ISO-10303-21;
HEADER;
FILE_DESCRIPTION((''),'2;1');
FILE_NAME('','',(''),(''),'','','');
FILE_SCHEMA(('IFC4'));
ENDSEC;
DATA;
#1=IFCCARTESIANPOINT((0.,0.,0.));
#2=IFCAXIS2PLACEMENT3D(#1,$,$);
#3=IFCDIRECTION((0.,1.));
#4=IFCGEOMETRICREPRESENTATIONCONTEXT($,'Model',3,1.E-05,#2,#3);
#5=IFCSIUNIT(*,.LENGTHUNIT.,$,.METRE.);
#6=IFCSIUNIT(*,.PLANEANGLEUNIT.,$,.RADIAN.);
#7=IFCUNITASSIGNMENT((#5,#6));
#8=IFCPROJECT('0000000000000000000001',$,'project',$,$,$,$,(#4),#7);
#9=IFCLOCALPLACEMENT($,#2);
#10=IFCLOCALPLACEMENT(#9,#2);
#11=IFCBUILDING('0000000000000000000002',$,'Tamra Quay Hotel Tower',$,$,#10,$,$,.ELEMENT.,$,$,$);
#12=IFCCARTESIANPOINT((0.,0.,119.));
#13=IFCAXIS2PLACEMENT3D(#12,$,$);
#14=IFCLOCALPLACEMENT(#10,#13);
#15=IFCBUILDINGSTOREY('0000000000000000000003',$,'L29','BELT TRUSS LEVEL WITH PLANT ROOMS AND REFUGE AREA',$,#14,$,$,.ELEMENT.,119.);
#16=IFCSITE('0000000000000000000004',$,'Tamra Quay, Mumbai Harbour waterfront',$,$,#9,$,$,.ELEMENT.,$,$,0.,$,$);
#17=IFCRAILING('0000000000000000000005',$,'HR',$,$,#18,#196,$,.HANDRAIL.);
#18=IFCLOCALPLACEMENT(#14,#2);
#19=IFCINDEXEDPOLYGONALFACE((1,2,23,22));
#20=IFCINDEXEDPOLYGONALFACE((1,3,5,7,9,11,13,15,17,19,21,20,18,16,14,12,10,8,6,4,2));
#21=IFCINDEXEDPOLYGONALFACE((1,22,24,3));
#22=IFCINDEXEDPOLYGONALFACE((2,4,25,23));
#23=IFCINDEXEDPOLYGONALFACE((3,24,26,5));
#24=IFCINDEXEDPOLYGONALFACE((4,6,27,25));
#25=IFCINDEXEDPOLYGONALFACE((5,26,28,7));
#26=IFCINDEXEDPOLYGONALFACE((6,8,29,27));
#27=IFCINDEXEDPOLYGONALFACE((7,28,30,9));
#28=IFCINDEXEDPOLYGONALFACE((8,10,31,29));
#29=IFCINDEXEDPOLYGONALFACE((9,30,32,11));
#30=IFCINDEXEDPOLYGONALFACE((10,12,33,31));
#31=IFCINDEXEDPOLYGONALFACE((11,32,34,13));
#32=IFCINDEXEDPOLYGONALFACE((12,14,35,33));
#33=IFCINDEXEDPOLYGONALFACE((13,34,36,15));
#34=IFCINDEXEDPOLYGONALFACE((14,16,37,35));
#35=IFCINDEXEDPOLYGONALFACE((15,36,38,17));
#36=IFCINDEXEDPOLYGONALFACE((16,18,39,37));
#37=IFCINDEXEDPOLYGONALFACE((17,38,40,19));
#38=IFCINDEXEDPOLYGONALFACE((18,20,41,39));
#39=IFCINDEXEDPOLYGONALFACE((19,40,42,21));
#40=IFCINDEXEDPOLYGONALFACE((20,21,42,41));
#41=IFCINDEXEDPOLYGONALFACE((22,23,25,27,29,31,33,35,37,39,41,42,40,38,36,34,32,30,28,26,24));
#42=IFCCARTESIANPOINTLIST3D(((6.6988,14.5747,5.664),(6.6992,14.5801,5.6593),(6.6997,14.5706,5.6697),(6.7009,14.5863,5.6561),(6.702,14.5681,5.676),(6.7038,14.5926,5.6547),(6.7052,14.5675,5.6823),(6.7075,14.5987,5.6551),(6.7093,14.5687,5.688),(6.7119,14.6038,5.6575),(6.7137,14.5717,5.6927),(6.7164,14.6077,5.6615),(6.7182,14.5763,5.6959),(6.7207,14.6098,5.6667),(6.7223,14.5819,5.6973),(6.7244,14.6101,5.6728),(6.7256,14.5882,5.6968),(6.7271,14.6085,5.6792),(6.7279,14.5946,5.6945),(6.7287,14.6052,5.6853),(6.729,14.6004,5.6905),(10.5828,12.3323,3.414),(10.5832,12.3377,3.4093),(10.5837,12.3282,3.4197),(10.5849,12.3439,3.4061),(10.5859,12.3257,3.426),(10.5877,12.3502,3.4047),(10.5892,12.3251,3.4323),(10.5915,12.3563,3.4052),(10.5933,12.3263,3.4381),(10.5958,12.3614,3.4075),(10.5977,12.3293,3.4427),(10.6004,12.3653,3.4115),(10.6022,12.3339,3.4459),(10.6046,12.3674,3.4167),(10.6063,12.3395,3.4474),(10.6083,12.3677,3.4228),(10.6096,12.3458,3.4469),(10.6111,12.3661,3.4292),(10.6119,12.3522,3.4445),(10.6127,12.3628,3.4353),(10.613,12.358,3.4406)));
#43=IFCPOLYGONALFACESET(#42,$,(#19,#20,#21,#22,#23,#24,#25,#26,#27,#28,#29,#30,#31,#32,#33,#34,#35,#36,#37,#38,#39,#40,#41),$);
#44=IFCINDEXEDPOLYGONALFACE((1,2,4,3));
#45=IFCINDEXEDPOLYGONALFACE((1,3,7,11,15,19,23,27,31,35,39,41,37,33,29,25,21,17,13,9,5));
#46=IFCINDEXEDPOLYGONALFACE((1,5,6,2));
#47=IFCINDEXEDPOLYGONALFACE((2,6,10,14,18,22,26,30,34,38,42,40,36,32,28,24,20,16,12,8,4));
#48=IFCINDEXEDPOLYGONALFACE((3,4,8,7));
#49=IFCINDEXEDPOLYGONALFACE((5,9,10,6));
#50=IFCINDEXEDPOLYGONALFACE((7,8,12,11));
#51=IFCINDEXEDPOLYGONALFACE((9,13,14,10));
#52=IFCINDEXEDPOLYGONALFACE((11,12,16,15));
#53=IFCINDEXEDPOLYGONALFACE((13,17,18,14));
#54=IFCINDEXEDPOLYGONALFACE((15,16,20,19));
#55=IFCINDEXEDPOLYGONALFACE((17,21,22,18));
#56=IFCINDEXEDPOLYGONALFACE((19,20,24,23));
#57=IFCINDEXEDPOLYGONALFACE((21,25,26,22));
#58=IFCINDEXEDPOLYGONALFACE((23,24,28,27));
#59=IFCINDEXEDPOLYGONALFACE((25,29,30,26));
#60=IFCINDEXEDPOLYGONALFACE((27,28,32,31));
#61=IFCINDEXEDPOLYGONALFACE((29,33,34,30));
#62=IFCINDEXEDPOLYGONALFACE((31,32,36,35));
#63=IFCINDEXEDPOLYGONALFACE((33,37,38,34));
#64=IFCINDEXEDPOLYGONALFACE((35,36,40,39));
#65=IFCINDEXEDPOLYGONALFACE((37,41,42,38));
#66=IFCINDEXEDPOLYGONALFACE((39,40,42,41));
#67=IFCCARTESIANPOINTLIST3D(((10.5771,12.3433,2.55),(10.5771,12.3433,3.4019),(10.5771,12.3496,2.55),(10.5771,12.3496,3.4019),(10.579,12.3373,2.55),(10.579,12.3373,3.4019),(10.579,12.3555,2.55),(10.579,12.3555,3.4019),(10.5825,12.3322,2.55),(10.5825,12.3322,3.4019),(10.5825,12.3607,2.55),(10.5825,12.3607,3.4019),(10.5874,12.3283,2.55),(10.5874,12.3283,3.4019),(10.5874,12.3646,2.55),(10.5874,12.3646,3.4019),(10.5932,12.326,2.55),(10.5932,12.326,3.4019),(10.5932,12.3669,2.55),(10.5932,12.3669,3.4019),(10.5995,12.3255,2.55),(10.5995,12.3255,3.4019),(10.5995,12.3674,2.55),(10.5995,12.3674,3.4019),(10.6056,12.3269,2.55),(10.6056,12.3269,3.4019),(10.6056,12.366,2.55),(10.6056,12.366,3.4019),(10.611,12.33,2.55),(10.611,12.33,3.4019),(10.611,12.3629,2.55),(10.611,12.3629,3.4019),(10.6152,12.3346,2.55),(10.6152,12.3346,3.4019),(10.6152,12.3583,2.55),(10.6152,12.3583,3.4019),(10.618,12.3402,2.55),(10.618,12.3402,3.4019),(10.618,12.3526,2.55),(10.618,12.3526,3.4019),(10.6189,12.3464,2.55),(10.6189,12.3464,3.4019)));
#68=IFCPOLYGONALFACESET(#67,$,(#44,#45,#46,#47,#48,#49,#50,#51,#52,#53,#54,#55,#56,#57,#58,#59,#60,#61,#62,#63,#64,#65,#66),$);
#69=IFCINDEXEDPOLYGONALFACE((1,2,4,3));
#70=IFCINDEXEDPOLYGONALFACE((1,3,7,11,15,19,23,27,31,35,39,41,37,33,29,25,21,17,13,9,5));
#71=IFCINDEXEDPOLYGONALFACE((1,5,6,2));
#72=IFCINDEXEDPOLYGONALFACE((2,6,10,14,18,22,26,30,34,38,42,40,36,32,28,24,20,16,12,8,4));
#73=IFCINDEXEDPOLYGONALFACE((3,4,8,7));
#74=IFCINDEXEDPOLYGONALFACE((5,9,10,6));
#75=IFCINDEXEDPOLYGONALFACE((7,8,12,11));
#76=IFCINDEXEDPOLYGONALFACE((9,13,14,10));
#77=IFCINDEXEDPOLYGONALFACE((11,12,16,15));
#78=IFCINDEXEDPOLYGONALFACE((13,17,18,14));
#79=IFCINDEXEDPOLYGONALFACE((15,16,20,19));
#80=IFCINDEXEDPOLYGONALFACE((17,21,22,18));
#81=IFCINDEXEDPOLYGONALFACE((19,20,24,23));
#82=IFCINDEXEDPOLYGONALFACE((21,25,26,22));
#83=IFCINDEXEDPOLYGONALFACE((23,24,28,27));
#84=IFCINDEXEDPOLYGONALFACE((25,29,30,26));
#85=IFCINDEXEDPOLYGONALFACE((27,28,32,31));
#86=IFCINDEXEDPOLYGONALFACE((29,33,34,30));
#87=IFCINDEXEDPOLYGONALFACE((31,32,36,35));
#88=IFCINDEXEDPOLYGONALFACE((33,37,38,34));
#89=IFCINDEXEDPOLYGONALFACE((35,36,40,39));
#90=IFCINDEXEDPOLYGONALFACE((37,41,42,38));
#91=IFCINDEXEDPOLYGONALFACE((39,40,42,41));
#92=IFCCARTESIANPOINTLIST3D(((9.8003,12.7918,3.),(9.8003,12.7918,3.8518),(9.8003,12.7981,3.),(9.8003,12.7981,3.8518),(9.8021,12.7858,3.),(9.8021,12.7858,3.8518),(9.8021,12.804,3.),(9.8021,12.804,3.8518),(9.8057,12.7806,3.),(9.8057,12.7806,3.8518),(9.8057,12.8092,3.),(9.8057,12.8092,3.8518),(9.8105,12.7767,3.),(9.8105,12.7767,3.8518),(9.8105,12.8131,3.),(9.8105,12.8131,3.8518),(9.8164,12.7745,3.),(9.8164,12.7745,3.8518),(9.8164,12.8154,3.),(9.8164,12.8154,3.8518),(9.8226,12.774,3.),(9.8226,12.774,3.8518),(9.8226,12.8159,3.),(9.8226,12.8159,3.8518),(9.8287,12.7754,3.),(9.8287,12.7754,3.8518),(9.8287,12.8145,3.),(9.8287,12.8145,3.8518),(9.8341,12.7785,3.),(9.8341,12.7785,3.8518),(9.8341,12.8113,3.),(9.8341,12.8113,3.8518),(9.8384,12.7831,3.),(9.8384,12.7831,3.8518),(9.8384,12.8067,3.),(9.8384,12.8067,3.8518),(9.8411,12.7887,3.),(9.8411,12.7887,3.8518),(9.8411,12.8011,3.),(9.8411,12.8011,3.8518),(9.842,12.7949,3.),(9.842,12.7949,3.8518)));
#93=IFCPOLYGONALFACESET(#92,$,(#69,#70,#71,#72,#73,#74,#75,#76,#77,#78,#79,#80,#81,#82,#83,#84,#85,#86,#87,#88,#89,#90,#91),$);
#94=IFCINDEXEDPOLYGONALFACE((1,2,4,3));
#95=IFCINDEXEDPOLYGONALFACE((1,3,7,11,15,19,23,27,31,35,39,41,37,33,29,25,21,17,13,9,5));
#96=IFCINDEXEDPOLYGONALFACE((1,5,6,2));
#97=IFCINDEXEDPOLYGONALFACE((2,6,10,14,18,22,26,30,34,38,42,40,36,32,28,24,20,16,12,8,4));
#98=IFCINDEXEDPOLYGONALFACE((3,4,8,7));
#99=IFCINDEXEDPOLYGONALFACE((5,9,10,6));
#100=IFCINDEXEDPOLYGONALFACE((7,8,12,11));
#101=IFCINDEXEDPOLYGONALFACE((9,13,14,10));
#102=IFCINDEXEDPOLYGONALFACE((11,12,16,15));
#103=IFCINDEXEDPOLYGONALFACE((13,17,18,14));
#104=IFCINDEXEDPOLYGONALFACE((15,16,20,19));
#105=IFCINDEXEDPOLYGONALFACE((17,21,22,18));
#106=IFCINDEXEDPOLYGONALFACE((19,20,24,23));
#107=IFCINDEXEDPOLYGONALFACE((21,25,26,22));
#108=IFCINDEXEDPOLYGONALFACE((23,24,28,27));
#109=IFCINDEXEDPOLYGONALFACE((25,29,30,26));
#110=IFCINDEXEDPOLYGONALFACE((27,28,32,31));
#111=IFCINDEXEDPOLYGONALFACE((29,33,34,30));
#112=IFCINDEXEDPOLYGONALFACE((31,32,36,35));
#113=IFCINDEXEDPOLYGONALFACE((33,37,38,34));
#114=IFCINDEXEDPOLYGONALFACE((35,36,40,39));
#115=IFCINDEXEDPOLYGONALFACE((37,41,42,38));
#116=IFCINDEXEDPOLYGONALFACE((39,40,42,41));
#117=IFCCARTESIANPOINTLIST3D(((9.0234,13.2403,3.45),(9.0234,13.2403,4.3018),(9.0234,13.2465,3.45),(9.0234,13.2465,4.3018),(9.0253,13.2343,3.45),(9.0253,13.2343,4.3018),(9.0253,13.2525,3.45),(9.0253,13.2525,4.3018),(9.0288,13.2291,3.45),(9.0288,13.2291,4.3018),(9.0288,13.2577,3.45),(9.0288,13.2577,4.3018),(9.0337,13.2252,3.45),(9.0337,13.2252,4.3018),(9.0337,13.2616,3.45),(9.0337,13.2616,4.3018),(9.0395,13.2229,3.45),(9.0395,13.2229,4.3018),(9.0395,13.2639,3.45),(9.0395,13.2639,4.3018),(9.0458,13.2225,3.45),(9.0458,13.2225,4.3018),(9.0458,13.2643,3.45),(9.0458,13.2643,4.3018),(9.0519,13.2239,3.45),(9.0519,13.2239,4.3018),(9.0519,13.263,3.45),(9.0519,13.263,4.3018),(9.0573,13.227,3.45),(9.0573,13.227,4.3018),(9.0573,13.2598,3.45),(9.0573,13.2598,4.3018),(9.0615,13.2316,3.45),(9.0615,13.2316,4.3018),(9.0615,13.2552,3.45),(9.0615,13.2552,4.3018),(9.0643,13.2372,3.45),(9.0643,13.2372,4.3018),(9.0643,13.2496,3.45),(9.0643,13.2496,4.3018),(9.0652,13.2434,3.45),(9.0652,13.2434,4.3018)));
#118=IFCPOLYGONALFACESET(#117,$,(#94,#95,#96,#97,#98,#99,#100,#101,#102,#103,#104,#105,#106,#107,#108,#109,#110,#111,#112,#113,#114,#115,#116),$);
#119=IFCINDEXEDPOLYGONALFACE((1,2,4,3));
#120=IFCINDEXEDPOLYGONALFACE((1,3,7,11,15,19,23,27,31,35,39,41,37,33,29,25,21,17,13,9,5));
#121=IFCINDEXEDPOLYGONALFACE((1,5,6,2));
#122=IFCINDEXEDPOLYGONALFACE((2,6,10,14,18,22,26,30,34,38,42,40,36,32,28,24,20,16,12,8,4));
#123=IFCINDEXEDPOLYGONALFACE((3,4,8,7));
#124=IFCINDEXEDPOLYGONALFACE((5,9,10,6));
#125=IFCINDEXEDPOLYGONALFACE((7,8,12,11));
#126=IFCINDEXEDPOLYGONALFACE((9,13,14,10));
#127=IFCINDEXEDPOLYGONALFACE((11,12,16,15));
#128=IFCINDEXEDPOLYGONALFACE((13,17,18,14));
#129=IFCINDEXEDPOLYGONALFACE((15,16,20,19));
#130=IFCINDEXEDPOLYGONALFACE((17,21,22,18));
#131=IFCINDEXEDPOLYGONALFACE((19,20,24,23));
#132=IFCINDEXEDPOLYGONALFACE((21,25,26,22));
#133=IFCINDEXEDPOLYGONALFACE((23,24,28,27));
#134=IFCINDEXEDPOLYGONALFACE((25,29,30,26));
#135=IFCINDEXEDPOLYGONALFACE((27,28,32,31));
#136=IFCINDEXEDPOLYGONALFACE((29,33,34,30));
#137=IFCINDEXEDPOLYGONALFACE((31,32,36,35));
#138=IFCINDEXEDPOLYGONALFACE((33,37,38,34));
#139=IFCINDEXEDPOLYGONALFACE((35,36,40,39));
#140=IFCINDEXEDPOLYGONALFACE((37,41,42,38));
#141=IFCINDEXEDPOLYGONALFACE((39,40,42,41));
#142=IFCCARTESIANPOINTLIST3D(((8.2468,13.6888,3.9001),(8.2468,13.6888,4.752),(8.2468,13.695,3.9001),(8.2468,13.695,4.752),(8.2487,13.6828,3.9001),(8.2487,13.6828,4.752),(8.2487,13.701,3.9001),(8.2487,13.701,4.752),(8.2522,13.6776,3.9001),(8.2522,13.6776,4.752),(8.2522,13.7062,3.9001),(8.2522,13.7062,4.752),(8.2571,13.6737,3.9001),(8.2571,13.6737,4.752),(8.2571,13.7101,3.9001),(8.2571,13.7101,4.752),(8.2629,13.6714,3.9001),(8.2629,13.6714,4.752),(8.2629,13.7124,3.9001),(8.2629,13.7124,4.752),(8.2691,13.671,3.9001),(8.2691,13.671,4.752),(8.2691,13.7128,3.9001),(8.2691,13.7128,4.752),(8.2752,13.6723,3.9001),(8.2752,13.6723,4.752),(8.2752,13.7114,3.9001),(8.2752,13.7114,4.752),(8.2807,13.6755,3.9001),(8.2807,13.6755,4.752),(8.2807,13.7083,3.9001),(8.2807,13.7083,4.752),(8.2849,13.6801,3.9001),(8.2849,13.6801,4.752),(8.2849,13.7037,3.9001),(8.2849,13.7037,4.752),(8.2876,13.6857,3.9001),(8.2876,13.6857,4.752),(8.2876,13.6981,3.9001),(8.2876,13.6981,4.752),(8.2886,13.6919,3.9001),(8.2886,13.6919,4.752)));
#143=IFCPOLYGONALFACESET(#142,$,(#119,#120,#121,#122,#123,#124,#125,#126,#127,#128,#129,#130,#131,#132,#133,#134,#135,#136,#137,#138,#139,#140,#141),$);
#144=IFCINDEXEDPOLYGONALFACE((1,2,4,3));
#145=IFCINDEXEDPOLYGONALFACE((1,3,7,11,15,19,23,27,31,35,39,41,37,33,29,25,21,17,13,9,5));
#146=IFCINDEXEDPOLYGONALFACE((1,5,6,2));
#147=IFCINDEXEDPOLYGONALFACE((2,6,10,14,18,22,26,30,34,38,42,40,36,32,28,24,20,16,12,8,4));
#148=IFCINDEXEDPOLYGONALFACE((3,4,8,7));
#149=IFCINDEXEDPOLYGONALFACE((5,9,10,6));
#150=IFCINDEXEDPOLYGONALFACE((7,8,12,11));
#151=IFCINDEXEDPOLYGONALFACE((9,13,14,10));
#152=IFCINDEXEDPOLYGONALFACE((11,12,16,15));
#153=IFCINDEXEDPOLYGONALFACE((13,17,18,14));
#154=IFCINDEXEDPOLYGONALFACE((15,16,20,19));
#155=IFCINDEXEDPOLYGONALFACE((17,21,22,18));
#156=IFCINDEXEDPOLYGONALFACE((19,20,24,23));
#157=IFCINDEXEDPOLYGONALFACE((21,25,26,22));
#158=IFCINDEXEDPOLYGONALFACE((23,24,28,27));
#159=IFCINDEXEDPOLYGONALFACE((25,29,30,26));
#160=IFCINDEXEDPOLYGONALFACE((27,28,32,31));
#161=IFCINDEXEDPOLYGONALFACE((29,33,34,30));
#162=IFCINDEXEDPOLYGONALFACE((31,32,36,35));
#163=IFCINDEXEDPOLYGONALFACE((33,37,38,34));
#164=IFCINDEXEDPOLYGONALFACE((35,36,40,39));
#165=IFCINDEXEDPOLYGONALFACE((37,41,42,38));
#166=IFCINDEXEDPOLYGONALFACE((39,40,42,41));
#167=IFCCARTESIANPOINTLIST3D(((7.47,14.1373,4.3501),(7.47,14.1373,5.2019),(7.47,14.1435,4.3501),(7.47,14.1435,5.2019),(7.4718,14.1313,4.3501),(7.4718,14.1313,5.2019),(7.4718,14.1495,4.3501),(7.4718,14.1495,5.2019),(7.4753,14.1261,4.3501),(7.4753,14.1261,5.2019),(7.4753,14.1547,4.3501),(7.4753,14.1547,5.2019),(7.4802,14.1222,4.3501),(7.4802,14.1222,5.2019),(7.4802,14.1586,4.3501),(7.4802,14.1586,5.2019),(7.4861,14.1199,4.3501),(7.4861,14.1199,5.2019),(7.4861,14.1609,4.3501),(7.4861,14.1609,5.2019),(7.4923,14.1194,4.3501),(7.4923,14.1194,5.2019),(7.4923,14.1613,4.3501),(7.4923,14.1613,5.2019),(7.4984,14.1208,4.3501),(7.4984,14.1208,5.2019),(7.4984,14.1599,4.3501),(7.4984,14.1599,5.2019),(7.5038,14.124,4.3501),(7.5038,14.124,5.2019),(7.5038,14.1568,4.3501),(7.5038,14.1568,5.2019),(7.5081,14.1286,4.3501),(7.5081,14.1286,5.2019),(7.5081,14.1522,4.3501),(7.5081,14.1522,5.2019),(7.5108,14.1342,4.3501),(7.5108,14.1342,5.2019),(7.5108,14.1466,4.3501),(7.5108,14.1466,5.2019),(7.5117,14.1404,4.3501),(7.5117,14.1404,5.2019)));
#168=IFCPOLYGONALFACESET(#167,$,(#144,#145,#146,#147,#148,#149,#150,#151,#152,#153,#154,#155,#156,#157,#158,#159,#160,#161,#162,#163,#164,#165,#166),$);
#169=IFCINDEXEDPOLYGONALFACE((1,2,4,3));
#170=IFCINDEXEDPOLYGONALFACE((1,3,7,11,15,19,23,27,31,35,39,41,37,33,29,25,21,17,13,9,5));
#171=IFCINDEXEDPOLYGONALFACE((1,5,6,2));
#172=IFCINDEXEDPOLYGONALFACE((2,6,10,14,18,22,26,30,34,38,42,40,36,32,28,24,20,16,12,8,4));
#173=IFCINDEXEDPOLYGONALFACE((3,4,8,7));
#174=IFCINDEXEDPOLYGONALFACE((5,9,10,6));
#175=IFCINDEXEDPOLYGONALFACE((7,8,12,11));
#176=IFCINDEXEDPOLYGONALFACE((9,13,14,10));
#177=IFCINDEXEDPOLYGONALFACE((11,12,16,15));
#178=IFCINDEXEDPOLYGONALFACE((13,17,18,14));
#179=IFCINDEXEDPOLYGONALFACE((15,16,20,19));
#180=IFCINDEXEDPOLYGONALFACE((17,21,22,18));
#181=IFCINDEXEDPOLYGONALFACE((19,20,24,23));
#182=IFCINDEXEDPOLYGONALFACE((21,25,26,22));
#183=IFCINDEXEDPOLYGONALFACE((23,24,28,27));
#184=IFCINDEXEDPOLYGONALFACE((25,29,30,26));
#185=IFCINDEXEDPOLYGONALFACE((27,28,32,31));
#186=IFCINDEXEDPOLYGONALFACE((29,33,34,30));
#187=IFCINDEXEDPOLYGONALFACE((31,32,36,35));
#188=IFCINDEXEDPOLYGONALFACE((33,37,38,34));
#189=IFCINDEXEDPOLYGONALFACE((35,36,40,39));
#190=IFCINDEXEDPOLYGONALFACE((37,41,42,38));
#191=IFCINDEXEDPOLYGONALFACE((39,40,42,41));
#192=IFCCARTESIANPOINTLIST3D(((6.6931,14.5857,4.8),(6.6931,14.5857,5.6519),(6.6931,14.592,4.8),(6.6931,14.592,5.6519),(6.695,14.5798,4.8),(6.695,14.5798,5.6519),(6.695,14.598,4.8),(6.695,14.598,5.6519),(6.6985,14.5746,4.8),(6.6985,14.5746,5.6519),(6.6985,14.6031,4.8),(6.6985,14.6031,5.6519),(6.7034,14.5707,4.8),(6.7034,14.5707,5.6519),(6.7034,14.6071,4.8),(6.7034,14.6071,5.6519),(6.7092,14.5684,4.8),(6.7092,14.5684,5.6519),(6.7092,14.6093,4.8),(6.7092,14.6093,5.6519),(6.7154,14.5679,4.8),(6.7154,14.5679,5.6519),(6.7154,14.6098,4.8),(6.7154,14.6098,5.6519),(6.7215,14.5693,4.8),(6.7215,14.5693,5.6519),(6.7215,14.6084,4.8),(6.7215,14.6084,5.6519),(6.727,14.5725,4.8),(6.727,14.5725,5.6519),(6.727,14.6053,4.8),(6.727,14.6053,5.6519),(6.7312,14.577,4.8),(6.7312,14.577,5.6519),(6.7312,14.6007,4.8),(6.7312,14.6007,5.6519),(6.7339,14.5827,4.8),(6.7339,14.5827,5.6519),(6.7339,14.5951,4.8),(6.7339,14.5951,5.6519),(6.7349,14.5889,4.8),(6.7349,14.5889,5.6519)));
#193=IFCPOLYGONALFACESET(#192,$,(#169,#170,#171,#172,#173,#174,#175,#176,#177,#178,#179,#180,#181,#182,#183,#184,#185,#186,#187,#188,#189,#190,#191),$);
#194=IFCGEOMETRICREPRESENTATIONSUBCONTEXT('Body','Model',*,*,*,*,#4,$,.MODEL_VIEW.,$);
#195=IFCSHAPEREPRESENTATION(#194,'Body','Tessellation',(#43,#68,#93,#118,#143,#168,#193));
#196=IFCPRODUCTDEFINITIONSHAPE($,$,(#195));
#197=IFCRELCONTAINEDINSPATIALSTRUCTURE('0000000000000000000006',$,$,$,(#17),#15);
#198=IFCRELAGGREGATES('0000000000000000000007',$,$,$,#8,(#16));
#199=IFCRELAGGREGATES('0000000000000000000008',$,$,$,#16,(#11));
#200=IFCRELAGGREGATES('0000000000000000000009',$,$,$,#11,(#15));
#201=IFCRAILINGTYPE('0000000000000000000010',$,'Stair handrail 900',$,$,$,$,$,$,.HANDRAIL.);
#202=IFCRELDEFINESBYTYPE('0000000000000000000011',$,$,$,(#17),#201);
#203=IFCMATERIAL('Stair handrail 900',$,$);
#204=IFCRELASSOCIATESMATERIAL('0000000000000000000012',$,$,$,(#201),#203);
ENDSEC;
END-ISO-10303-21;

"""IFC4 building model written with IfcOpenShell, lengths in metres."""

from ifc_helpers import new_model, si_unit, direction, frame, origin, origin_2d, place, context, subcontext, project, spatial, circle, extrude, material, type_object, element, save


model = new_model("IFC4")

# Units and contexts
model_context = context("Model", 3, precision=1e-05, world=origin(), true_north=direction((0.0, 1.0)))
body_context = subcontext(model_context, "Body", "Model", "MODEL_VIEW")
ifc_project = project(units=[si_unit("LENGTHUNIT", "METRE"), si_unit("PLANEANGLEUNIT", "RADIAN")], contexts=[model_context])

# Site, building, storey
site_placement = place(None, origin())
site = spatial("IfcSite", under=ifc_project, at=site_placement, Name="Tamra Quay, Mumbai Harbour waterfront", CompositionType="ELEMENT", RefElevation=0.0)
building_placement = place(site_placement, origin())
building = spatial("IfcBuilding", under=site, at=building_placement, Name="Tamra Quay Hotel Tower", CompositionType="ELEMENT")
storey_placement = place(building_placement, frame((0.0, 0.0, 119.0)))
storey = spatial("IfcBuildingStorey", under=building, at=storey_placement, Name="L29", Description="BELT TRUSS LEVEL WITH PLANT ROOMS AND REFUGE AREA", CompositionType="ELEMENT", Elevation=119.0)

# Railing
ifc_material_1 = material(Name="Stair handrail 900")
railing_type_1 = type_object("IfcRailingType", Name="Stair handrail 900", PredefinedType="HANDRAIL", material=ifc_material_1)
railing_1_placement = place(storey_placement, frame((10.5979, 12.3464, 2.55)))
element("IfcRailing", 1, at=railing_1_placement, inside=storey, type_object=railing_type_1, Name="HR", PredefinedType="HANDRAIL", context=body_context, shape_type="SweptSolid", body=[
    extrude(circle(Radius=0.0239, at=origin_2d()), frame((0.0, 0.0, 0.876), z_axis=(-0.774076, 0.44691, 0.448418), x_axis=(-0.499997, -0.866027, 0.0)), (0.0, 0.0, 1.0), 5.0176),
    extrude(circle(Radius=0.021, at=origin_2d()), origin(), (0.0, 0.0, 1.0), 0.8518),
    extrude(circle(Radius=0.021, at=origin_2d()), frame((-0.7769, 0.4485, 0.45)), (0.0, 0.0, 1.0), 0.8518),
    extrude(circle(Radius=0.021, at=origin_2d()), frame((-1.5537, 0.897, 0.8999)), (0.0, 0.0, 1.0), 0.8518),
    extrude(circle(Radius=0.021, at=origin_2d()), frame((-2.3303, 1.3455, 1.3501)), (0.0, 0.0, 1.0), 0.8518),
    extrude(circle(Radius=0.021, at=origin_2d()), frame((-3.1072, 1.7939, 1.8)), (0.0, 0.0, 1.0), 0.8518),
    extrude(circle(Radius=0.021, at=origin_2d()), frame((-3.884, 2.2424, 2.25)), (0.0, 0.0, 1.0), 0.8518),
])

save(model, "model.ifc")
